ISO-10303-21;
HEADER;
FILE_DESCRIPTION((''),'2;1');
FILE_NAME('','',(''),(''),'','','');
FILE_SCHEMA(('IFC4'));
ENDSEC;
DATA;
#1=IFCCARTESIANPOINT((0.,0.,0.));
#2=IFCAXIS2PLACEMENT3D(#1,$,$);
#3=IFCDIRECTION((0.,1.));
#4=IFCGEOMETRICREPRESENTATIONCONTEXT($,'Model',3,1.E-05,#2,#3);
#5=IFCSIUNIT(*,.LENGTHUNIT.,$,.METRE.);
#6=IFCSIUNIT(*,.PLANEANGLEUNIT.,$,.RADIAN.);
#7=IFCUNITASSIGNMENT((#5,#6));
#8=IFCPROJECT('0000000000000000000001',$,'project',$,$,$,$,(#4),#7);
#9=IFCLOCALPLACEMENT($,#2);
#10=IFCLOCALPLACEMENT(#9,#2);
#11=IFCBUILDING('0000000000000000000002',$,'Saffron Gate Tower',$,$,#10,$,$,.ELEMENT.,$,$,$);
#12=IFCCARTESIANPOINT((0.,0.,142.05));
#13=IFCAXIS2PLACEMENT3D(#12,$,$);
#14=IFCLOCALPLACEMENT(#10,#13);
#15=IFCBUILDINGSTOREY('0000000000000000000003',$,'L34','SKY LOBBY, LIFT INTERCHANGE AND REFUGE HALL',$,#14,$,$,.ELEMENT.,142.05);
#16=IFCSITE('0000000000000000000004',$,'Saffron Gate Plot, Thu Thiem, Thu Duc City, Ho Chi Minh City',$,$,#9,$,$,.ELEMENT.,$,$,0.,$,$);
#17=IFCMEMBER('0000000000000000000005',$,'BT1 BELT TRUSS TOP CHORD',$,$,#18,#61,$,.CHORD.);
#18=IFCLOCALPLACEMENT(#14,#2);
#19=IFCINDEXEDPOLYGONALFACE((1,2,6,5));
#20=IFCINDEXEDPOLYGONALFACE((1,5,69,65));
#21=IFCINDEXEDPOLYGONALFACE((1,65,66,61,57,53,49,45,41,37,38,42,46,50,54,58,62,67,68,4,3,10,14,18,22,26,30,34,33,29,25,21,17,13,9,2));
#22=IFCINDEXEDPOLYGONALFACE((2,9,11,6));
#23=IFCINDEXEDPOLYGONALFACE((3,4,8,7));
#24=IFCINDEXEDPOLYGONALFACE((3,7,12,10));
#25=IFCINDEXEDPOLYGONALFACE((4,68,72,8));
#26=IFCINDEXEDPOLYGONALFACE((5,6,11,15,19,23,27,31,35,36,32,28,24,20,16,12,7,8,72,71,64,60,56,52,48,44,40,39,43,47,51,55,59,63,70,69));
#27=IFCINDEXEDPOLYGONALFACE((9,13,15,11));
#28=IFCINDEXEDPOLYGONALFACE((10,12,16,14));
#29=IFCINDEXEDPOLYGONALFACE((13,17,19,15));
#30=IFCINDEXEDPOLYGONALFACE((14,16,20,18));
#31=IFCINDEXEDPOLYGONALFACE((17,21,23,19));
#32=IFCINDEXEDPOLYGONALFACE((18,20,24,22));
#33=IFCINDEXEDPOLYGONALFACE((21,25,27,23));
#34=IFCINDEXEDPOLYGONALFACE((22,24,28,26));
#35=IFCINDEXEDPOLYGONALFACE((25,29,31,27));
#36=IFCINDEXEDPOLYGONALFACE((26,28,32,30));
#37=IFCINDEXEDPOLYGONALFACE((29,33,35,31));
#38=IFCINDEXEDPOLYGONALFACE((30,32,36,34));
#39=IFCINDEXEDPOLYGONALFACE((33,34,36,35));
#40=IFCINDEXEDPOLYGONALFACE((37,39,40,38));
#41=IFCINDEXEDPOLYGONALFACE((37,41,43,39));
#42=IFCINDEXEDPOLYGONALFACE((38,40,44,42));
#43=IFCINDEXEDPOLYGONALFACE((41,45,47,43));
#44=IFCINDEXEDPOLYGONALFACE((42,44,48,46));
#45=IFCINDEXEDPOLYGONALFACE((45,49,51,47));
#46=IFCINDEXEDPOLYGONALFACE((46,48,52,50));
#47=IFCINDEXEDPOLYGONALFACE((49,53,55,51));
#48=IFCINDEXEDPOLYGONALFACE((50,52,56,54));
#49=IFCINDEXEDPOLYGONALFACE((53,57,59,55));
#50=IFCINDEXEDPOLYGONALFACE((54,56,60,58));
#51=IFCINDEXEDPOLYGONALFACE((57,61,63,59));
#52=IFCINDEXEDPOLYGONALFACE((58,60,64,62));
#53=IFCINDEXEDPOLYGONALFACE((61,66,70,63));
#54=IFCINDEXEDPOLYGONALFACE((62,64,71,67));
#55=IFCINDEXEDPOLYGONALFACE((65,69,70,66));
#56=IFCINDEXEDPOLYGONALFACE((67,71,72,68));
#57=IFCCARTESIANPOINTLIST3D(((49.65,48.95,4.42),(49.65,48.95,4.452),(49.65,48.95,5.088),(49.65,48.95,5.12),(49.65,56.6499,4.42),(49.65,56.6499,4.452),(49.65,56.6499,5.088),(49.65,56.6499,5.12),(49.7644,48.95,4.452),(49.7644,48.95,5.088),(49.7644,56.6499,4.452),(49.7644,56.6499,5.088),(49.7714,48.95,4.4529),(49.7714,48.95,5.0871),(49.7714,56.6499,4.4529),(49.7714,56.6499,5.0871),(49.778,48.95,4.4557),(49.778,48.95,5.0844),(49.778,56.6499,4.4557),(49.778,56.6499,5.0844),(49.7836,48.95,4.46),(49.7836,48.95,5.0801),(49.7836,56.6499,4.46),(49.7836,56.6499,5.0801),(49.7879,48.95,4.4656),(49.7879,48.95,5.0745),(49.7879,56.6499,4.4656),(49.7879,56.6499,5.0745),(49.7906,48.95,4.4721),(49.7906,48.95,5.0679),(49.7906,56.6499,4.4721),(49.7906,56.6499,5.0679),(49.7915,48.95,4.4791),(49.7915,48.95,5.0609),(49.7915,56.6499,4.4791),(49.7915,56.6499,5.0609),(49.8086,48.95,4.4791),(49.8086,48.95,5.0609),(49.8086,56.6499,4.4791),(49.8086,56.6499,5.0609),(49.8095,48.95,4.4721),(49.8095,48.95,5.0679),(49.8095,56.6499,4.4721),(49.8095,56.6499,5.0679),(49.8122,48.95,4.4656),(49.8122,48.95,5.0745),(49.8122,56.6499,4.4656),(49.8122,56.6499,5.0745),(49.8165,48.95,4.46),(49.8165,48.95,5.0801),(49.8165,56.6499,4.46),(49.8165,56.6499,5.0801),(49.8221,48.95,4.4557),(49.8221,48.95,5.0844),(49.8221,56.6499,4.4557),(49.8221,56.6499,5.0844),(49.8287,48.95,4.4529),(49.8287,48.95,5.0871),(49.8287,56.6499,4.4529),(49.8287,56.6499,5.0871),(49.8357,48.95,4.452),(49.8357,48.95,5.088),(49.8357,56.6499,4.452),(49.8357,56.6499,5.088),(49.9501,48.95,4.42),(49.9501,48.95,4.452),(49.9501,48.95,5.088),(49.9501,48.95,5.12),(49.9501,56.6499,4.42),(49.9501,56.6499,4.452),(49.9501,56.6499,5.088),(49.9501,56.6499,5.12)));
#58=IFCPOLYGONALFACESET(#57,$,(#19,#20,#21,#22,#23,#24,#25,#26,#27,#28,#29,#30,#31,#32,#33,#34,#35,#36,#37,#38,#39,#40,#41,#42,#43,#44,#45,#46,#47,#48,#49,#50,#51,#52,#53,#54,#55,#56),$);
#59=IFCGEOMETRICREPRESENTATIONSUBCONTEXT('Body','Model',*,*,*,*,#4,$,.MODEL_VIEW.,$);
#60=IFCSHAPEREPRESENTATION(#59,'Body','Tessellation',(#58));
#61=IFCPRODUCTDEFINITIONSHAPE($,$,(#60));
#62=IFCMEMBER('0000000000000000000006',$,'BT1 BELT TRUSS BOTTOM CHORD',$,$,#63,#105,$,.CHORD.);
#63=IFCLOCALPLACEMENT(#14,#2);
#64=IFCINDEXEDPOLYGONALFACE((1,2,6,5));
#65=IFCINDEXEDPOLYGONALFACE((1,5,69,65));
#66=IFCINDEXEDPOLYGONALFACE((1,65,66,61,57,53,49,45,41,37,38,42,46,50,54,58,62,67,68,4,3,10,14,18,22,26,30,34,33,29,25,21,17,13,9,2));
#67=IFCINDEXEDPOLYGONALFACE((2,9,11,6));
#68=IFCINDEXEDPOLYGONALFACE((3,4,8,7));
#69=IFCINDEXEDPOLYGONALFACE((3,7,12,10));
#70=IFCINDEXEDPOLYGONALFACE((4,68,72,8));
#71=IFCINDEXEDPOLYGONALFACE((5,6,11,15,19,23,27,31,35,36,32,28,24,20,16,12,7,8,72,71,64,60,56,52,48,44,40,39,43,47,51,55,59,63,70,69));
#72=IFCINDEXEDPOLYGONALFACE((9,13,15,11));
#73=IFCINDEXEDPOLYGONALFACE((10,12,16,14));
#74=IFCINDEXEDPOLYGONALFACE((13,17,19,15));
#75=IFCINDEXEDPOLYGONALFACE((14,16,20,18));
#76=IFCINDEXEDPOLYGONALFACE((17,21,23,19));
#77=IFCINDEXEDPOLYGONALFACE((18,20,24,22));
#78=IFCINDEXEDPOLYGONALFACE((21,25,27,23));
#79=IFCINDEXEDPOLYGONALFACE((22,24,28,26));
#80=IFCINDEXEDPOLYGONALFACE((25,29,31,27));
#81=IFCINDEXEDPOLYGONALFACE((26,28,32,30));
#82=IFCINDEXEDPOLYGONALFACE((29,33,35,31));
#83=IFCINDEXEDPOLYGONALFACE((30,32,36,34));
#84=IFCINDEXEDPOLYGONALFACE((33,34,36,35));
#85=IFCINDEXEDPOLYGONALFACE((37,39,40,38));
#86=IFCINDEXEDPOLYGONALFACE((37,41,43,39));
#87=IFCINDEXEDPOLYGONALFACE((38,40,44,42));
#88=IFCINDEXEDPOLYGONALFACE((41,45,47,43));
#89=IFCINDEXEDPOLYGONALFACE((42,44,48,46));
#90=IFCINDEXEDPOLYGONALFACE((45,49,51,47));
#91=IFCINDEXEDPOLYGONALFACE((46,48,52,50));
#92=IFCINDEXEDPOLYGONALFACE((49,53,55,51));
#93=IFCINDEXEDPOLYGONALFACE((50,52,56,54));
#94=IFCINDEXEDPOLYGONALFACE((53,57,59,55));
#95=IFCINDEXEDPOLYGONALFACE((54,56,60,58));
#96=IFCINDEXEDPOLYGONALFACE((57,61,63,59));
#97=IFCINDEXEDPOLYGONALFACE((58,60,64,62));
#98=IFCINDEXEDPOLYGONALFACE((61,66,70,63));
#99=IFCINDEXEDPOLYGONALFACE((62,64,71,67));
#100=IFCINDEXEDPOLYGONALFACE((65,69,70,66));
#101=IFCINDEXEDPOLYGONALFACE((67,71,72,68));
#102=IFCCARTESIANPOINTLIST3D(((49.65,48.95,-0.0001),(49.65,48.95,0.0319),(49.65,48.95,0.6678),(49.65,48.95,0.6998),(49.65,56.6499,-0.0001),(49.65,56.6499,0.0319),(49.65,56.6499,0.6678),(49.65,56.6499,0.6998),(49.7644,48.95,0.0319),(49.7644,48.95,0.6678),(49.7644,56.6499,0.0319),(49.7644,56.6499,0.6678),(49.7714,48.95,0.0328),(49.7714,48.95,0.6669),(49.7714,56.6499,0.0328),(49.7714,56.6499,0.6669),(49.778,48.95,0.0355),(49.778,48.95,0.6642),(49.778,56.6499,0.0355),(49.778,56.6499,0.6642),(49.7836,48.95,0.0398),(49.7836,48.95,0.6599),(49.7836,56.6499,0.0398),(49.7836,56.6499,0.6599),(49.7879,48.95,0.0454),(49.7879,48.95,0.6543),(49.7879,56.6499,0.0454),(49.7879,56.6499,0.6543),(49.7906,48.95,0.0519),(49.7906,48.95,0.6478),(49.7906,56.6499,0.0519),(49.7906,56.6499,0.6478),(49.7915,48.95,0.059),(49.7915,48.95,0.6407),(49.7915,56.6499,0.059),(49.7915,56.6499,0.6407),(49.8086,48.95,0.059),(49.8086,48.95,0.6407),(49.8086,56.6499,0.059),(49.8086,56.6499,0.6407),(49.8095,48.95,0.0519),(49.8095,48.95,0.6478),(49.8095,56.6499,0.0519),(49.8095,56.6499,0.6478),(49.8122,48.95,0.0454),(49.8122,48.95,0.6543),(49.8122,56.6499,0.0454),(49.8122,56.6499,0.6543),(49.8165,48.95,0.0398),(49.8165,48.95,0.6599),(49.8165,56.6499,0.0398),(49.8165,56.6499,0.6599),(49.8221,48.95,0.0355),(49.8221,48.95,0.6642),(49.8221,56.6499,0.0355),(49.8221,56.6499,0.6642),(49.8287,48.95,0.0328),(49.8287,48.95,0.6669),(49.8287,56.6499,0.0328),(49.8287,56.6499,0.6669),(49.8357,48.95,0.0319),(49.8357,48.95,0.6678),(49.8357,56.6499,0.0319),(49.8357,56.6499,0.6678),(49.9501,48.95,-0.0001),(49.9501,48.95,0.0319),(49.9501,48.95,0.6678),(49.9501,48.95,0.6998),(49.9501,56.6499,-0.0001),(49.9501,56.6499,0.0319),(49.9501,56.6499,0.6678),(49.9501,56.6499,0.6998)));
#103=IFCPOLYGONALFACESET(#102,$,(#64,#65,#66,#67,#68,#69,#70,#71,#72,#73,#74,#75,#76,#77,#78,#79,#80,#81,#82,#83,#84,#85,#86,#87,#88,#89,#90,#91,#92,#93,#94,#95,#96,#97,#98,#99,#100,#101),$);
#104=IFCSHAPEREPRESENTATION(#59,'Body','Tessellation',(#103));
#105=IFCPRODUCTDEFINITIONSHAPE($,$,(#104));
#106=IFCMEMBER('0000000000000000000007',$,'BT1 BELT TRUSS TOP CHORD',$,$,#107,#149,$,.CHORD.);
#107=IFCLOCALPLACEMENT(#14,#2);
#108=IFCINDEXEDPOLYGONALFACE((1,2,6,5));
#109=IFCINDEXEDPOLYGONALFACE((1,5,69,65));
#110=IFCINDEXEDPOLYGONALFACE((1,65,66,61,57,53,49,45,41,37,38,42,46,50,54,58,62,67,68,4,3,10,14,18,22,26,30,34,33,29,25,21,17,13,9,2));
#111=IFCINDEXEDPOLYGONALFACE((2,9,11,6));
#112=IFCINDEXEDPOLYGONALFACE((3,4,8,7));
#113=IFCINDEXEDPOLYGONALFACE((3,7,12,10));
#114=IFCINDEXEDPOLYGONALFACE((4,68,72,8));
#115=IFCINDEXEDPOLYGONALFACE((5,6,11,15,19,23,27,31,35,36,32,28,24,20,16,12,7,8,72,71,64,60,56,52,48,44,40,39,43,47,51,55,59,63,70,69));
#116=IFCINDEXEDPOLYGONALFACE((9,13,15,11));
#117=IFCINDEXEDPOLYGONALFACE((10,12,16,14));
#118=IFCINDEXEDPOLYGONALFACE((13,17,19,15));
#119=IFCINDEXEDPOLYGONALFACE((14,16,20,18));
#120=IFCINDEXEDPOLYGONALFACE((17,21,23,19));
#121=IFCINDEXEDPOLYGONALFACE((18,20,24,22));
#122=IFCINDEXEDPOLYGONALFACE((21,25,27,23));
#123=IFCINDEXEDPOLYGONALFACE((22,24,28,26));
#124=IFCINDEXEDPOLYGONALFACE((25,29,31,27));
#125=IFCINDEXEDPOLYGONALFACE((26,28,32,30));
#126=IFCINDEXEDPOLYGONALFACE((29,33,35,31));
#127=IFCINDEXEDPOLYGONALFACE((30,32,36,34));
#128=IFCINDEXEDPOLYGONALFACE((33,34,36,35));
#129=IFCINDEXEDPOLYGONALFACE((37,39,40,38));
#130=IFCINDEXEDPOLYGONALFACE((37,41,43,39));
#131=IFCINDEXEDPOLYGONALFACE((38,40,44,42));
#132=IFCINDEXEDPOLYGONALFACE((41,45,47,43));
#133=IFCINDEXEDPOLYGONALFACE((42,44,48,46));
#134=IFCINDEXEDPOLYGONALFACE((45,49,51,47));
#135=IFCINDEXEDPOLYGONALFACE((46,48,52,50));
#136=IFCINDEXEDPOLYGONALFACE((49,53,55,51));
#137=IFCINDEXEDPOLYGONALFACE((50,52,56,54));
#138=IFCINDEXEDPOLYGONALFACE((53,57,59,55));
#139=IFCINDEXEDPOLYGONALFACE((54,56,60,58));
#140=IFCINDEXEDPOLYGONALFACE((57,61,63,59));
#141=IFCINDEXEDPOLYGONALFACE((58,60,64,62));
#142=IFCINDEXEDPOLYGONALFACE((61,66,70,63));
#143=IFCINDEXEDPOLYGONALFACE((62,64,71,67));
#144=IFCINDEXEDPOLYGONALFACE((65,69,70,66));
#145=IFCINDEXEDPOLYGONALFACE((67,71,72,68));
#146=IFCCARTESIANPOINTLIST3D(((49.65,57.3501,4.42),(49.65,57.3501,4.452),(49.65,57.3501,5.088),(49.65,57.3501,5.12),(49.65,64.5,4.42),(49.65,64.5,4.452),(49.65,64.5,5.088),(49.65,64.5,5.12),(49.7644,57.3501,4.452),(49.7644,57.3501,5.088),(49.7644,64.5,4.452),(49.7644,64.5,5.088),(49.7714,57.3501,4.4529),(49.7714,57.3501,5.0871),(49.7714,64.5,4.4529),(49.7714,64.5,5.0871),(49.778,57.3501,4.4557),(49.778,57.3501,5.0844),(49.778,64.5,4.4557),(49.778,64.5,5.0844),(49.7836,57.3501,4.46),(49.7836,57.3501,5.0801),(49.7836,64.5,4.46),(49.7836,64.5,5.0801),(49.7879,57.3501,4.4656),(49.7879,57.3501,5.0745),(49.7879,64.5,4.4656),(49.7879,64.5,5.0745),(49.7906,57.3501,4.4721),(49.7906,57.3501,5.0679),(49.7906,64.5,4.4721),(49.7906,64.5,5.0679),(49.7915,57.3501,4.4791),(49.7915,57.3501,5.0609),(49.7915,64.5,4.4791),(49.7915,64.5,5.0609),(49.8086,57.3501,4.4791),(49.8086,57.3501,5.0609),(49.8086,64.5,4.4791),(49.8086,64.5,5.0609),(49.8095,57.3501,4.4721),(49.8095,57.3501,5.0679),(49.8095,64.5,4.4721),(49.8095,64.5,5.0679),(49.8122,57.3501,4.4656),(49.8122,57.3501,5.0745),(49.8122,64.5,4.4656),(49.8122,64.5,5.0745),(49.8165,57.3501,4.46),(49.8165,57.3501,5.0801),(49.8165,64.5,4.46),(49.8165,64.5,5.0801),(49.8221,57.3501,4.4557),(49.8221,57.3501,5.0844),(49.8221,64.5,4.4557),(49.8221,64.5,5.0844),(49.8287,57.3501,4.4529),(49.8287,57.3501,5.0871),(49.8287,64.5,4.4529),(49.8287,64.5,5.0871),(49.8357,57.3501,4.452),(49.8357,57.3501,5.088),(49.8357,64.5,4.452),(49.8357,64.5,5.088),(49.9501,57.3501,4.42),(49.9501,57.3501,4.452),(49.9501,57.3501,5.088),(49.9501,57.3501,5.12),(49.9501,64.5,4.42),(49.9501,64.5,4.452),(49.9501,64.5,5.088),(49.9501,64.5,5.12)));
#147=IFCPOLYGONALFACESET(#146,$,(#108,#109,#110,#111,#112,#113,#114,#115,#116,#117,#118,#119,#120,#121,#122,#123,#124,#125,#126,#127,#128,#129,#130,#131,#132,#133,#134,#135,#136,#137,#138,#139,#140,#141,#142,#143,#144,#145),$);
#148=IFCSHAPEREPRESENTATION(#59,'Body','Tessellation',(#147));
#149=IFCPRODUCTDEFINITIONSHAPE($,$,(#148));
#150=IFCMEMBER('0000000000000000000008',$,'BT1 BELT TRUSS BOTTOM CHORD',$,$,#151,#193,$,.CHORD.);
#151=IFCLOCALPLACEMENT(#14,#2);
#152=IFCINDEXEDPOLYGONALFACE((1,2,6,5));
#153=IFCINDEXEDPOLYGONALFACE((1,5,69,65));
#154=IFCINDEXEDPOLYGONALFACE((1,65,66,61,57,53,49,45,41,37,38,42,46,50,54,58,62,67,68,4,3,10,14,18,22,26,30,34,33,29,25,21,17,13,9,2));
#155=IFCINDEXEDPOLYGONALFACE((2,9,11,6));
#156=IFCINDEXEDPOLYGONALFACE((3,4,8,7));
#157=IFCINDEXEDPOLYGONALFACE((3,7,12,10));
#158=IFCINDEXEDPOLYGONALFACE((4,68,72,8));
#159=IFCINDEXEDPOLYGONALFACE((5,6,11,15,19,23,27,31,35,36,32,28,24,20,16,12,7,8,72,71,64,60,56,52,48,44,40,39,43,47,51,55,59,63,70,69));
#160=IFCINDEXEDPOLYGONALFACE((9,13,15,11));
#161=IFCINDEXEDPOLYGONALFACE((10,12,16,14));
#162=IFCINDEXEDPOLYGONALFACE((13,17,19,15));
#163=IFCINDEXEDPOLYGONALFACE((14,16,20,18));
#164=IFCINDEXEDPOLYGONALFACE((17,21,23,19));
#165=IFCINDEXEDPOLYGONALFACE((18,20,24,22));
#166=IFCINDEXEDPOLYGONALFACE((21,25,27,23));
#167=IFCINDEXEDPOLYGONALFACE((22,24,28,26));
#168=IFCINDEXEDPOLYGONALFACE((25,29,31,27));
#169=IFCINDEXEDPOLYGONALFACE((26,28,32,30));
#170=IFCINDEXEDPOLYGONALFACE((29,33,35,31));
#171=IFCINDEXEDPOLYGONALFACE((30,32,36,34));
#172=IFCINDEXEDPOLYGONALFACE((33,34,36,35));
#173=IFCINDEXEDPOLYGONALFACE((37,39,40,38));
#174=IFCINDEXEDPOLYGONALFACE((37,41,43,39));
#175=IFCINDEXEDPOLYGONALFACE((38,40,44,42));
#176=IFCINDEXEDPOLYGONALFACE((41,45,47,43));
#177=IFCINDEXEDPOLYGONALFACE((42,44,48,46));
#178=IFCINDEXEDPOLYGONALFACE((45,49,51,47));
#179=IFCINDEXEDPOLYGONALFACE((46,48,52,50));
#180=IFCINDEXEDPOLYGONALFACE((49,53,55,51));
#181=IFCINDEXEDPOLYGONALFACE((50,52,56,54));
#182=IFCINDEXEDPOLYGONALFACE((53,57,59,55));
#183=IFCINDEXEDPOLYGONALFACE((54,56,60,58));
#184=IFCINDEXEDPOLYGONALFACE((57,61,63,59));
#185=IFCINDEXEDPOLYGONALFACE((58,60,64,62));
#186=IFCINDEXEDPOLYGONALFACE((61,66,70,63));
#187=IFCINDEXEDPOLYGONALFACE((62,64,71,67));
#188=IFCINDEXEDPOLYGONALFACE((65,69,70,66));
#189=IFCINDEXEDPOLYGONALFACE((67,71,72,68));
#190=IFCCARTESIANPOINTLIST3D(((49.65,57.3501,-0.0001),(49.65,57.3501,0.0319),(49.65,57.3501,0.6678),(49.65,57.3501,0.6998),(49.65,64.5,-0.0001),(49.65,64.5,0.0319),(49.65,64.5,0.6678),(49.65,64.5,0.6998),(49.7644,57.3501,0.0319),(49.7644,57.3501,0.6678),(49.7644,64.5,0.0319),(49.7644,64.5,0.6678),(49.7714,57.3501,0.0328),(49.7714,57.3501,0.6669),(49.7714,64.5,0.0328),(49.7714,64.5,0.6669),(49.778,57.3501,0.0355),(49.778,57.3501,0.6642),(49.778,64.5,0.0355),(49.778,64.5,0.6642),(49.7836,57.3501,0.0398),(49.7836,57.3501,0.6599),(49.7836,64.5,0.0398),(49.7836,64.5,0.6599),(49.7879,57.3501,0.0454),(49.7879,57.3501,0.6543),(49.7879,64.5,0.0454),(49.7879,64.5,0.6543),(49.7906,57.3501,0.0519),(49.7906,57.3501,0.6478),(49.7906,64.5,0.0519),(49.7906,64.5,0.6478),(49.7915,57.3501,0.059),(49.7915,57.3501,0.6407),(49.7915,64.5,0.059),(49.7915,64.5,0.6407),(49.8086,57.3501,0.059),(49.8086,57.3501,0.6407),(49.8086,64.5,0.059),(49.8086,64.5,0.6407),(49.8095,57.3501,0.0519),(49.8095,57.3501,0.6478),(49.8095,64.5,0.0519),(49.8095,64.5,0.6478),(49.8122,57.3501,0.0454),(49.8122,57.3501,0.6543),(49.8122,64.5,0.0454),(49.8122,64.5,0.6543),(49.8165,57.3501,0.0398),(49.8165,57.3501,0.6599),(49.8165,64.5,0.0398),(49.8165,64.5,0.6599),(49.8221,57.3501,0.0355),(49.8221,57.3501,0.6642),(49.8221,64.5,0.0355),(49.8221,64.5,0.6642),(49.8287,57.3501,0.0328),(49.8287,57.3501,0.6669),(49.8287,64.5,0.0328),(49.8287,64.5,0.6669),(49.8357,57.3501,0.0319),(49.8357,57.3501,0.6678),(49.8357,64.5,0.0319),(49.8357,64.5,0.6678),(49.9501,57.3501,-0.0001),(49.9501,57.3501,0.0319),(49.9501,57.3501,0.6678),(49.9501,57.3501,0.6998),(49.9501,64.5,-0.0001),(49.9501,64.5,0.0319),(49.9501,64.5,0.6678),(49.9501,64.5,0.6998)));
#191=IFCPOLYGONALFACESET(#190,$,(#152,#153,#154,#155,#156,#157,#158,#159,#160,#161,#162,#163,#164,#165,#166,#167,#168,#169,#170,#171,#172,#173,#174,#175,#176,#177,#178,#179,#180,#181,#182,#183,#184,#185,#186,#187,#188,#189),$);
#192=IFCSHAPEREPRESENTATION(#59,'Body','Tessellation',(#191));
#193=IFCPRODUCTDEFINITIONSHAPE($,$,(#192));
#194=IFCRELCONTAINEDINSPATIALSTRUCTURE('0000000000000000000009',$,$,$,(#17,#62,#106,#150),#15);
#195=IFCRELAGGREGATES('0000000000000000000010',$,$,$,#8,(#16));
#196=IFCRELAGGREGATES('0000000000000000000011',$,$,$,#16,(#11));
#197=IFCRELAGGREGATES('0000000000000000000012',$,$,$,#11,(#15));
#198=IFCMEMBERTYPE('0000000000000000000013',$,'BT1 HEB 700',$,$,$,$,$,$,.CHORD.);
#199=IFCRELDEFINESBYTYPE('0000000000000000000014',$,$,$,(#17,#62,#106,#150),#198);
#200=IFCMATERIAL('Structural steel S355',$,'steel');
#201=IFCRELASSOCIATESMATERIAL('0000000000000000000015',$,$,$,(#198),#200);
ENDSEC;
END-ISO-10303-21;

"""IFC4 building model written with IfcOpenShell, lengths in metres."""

from ifc_helpers import new_model, si_unit, direction, frame, origin, origin_2d, place, context, subcontext, project, spatial, i_section, extrude, material, material_profile, profile_set, type_object, element, save


model = new_model("IFC4")

# Units and contexts
model_context = context("Model", 3, precision=1e-05, world=origin(), true_north=direction((0.0, 1.0)))
body_context = subcontext(model_context, "Body", "Model", "MODEL_VIEW")
ifc_project = project(units=[si_unit("LENGTHUNIT", "METRE"), si_unit("PLANEANGLEUNIT", "RADIAN")], contexts=[model_context])

# Site, building, storey
site_placement = place(None, origin())
site = spatial("IfcSite", under=ifc_project, at=site_placement, Name="Saffron Gate Plot, Thu Thiem, Thu Duc City, Ho Chi Minh City", CompositionType="ELEMENT", RefElevation=0.0)
building_placement = place(site_placement, origin())
building = spatial("IfcBuilding", under=site, at=building_placement, Name="Saffron Gate Tower", CompositionType="ELEMENT")
storey_placement = place(building_placement, frame((0.0, 0.0, 142.05)))
storey = spatial("IfcBuildingStorey", under=building, at=storey_placement, Name="L34", Description="SKY LOBBY, LIFT INTERCHANGE AND REFUGE HALL", CompositionType="ELEMENT", Elevation=142.05)

# Shared definitions
ifc_material_1 = material(Name="Structural steel S355", Category="steel")

# Members
ifc_material_profile_1 = material_profile(ifc_material_1, i_section(OverallWidth=0.3, OverallDepth=0.7, WebThickness=0.0171, FlangeThickness=0.032, FilletRadius=0.0271, at=origin_2d()))
ifc_profile_set_1 = profile_set([ifc_material_profile_1], Name="Structural steel S355")
member_type_1 = type_object("IfcMemberType", Name="BT1 HEB 700", PredefinedType="CHORD", material=ifc_profile_set_1)
for number, where, z_axis, x_axis, name in (
    (1, (49.8, 48.95, 4.77), (0.0, 1.0, 0.0), (-1.0, 0.0, 0.0), "BT1 BELT TRUSS TOP CHORD"),
    (2, (49.8, 48.95, 0.3499), (0.0, 1.0, 0.0), (-1.0, 0.0, 0.0), "BT1 BELT TRUSS BOTTOM CHORD"),
):
    element("IfcMember", number, at=place(storey_placement, frame(where, z_axis=z_axis, x_axis=x_axis)), inside=storey, type_object=member_type_1, Name=name, PredefinedType="CHORD", context=body_context, shape_type="SweptSolid", body=[
        extrude(i_section(OverallWidth=0.3, OverallDepth=0.7, WebThickness=0.0171, FlangeThickness=0.032, FilletRadius=0.0271, at=origin_2d()), origin(), (0.0, 0.0, 1.0), 7.7),
    ])
for number, where, z_axis, x_axis, name in (
    (3, (49.8, 57.3501, 4.77), (0.0, 1.0, 0.0), (-1.0, 0.0, 0.0), "BT1 BELT TRUSS TOP CHORD"),
    (4, (49.8, 57.3501, 0.3499), (0.0, 1.0, 0.0), (-1.0, 0.0, 0.0), "BT1 BELT TRUSS BOTTOM CHORD"),
):
    element("IfcMember", number, at=place(storey_placement, frame(where, z_axis=z_axis, x_axis=x_axis)), inside=storey, type_object=member_type_1, Name=name, PredefinedType="CHORD", context=body_context, shape_type="SweptSolid", body=[
        extrude(i_section(OverallWidth=0.3, OverallDepth=0.7, WebThickness=0.0171, FlangeThickness=0.032, FilletRadius=0.0271, at=origin_2d()), origin(), (0.0, 0.0, 1.0), 7.1499),
    ])

save(model, "model.ifc")
